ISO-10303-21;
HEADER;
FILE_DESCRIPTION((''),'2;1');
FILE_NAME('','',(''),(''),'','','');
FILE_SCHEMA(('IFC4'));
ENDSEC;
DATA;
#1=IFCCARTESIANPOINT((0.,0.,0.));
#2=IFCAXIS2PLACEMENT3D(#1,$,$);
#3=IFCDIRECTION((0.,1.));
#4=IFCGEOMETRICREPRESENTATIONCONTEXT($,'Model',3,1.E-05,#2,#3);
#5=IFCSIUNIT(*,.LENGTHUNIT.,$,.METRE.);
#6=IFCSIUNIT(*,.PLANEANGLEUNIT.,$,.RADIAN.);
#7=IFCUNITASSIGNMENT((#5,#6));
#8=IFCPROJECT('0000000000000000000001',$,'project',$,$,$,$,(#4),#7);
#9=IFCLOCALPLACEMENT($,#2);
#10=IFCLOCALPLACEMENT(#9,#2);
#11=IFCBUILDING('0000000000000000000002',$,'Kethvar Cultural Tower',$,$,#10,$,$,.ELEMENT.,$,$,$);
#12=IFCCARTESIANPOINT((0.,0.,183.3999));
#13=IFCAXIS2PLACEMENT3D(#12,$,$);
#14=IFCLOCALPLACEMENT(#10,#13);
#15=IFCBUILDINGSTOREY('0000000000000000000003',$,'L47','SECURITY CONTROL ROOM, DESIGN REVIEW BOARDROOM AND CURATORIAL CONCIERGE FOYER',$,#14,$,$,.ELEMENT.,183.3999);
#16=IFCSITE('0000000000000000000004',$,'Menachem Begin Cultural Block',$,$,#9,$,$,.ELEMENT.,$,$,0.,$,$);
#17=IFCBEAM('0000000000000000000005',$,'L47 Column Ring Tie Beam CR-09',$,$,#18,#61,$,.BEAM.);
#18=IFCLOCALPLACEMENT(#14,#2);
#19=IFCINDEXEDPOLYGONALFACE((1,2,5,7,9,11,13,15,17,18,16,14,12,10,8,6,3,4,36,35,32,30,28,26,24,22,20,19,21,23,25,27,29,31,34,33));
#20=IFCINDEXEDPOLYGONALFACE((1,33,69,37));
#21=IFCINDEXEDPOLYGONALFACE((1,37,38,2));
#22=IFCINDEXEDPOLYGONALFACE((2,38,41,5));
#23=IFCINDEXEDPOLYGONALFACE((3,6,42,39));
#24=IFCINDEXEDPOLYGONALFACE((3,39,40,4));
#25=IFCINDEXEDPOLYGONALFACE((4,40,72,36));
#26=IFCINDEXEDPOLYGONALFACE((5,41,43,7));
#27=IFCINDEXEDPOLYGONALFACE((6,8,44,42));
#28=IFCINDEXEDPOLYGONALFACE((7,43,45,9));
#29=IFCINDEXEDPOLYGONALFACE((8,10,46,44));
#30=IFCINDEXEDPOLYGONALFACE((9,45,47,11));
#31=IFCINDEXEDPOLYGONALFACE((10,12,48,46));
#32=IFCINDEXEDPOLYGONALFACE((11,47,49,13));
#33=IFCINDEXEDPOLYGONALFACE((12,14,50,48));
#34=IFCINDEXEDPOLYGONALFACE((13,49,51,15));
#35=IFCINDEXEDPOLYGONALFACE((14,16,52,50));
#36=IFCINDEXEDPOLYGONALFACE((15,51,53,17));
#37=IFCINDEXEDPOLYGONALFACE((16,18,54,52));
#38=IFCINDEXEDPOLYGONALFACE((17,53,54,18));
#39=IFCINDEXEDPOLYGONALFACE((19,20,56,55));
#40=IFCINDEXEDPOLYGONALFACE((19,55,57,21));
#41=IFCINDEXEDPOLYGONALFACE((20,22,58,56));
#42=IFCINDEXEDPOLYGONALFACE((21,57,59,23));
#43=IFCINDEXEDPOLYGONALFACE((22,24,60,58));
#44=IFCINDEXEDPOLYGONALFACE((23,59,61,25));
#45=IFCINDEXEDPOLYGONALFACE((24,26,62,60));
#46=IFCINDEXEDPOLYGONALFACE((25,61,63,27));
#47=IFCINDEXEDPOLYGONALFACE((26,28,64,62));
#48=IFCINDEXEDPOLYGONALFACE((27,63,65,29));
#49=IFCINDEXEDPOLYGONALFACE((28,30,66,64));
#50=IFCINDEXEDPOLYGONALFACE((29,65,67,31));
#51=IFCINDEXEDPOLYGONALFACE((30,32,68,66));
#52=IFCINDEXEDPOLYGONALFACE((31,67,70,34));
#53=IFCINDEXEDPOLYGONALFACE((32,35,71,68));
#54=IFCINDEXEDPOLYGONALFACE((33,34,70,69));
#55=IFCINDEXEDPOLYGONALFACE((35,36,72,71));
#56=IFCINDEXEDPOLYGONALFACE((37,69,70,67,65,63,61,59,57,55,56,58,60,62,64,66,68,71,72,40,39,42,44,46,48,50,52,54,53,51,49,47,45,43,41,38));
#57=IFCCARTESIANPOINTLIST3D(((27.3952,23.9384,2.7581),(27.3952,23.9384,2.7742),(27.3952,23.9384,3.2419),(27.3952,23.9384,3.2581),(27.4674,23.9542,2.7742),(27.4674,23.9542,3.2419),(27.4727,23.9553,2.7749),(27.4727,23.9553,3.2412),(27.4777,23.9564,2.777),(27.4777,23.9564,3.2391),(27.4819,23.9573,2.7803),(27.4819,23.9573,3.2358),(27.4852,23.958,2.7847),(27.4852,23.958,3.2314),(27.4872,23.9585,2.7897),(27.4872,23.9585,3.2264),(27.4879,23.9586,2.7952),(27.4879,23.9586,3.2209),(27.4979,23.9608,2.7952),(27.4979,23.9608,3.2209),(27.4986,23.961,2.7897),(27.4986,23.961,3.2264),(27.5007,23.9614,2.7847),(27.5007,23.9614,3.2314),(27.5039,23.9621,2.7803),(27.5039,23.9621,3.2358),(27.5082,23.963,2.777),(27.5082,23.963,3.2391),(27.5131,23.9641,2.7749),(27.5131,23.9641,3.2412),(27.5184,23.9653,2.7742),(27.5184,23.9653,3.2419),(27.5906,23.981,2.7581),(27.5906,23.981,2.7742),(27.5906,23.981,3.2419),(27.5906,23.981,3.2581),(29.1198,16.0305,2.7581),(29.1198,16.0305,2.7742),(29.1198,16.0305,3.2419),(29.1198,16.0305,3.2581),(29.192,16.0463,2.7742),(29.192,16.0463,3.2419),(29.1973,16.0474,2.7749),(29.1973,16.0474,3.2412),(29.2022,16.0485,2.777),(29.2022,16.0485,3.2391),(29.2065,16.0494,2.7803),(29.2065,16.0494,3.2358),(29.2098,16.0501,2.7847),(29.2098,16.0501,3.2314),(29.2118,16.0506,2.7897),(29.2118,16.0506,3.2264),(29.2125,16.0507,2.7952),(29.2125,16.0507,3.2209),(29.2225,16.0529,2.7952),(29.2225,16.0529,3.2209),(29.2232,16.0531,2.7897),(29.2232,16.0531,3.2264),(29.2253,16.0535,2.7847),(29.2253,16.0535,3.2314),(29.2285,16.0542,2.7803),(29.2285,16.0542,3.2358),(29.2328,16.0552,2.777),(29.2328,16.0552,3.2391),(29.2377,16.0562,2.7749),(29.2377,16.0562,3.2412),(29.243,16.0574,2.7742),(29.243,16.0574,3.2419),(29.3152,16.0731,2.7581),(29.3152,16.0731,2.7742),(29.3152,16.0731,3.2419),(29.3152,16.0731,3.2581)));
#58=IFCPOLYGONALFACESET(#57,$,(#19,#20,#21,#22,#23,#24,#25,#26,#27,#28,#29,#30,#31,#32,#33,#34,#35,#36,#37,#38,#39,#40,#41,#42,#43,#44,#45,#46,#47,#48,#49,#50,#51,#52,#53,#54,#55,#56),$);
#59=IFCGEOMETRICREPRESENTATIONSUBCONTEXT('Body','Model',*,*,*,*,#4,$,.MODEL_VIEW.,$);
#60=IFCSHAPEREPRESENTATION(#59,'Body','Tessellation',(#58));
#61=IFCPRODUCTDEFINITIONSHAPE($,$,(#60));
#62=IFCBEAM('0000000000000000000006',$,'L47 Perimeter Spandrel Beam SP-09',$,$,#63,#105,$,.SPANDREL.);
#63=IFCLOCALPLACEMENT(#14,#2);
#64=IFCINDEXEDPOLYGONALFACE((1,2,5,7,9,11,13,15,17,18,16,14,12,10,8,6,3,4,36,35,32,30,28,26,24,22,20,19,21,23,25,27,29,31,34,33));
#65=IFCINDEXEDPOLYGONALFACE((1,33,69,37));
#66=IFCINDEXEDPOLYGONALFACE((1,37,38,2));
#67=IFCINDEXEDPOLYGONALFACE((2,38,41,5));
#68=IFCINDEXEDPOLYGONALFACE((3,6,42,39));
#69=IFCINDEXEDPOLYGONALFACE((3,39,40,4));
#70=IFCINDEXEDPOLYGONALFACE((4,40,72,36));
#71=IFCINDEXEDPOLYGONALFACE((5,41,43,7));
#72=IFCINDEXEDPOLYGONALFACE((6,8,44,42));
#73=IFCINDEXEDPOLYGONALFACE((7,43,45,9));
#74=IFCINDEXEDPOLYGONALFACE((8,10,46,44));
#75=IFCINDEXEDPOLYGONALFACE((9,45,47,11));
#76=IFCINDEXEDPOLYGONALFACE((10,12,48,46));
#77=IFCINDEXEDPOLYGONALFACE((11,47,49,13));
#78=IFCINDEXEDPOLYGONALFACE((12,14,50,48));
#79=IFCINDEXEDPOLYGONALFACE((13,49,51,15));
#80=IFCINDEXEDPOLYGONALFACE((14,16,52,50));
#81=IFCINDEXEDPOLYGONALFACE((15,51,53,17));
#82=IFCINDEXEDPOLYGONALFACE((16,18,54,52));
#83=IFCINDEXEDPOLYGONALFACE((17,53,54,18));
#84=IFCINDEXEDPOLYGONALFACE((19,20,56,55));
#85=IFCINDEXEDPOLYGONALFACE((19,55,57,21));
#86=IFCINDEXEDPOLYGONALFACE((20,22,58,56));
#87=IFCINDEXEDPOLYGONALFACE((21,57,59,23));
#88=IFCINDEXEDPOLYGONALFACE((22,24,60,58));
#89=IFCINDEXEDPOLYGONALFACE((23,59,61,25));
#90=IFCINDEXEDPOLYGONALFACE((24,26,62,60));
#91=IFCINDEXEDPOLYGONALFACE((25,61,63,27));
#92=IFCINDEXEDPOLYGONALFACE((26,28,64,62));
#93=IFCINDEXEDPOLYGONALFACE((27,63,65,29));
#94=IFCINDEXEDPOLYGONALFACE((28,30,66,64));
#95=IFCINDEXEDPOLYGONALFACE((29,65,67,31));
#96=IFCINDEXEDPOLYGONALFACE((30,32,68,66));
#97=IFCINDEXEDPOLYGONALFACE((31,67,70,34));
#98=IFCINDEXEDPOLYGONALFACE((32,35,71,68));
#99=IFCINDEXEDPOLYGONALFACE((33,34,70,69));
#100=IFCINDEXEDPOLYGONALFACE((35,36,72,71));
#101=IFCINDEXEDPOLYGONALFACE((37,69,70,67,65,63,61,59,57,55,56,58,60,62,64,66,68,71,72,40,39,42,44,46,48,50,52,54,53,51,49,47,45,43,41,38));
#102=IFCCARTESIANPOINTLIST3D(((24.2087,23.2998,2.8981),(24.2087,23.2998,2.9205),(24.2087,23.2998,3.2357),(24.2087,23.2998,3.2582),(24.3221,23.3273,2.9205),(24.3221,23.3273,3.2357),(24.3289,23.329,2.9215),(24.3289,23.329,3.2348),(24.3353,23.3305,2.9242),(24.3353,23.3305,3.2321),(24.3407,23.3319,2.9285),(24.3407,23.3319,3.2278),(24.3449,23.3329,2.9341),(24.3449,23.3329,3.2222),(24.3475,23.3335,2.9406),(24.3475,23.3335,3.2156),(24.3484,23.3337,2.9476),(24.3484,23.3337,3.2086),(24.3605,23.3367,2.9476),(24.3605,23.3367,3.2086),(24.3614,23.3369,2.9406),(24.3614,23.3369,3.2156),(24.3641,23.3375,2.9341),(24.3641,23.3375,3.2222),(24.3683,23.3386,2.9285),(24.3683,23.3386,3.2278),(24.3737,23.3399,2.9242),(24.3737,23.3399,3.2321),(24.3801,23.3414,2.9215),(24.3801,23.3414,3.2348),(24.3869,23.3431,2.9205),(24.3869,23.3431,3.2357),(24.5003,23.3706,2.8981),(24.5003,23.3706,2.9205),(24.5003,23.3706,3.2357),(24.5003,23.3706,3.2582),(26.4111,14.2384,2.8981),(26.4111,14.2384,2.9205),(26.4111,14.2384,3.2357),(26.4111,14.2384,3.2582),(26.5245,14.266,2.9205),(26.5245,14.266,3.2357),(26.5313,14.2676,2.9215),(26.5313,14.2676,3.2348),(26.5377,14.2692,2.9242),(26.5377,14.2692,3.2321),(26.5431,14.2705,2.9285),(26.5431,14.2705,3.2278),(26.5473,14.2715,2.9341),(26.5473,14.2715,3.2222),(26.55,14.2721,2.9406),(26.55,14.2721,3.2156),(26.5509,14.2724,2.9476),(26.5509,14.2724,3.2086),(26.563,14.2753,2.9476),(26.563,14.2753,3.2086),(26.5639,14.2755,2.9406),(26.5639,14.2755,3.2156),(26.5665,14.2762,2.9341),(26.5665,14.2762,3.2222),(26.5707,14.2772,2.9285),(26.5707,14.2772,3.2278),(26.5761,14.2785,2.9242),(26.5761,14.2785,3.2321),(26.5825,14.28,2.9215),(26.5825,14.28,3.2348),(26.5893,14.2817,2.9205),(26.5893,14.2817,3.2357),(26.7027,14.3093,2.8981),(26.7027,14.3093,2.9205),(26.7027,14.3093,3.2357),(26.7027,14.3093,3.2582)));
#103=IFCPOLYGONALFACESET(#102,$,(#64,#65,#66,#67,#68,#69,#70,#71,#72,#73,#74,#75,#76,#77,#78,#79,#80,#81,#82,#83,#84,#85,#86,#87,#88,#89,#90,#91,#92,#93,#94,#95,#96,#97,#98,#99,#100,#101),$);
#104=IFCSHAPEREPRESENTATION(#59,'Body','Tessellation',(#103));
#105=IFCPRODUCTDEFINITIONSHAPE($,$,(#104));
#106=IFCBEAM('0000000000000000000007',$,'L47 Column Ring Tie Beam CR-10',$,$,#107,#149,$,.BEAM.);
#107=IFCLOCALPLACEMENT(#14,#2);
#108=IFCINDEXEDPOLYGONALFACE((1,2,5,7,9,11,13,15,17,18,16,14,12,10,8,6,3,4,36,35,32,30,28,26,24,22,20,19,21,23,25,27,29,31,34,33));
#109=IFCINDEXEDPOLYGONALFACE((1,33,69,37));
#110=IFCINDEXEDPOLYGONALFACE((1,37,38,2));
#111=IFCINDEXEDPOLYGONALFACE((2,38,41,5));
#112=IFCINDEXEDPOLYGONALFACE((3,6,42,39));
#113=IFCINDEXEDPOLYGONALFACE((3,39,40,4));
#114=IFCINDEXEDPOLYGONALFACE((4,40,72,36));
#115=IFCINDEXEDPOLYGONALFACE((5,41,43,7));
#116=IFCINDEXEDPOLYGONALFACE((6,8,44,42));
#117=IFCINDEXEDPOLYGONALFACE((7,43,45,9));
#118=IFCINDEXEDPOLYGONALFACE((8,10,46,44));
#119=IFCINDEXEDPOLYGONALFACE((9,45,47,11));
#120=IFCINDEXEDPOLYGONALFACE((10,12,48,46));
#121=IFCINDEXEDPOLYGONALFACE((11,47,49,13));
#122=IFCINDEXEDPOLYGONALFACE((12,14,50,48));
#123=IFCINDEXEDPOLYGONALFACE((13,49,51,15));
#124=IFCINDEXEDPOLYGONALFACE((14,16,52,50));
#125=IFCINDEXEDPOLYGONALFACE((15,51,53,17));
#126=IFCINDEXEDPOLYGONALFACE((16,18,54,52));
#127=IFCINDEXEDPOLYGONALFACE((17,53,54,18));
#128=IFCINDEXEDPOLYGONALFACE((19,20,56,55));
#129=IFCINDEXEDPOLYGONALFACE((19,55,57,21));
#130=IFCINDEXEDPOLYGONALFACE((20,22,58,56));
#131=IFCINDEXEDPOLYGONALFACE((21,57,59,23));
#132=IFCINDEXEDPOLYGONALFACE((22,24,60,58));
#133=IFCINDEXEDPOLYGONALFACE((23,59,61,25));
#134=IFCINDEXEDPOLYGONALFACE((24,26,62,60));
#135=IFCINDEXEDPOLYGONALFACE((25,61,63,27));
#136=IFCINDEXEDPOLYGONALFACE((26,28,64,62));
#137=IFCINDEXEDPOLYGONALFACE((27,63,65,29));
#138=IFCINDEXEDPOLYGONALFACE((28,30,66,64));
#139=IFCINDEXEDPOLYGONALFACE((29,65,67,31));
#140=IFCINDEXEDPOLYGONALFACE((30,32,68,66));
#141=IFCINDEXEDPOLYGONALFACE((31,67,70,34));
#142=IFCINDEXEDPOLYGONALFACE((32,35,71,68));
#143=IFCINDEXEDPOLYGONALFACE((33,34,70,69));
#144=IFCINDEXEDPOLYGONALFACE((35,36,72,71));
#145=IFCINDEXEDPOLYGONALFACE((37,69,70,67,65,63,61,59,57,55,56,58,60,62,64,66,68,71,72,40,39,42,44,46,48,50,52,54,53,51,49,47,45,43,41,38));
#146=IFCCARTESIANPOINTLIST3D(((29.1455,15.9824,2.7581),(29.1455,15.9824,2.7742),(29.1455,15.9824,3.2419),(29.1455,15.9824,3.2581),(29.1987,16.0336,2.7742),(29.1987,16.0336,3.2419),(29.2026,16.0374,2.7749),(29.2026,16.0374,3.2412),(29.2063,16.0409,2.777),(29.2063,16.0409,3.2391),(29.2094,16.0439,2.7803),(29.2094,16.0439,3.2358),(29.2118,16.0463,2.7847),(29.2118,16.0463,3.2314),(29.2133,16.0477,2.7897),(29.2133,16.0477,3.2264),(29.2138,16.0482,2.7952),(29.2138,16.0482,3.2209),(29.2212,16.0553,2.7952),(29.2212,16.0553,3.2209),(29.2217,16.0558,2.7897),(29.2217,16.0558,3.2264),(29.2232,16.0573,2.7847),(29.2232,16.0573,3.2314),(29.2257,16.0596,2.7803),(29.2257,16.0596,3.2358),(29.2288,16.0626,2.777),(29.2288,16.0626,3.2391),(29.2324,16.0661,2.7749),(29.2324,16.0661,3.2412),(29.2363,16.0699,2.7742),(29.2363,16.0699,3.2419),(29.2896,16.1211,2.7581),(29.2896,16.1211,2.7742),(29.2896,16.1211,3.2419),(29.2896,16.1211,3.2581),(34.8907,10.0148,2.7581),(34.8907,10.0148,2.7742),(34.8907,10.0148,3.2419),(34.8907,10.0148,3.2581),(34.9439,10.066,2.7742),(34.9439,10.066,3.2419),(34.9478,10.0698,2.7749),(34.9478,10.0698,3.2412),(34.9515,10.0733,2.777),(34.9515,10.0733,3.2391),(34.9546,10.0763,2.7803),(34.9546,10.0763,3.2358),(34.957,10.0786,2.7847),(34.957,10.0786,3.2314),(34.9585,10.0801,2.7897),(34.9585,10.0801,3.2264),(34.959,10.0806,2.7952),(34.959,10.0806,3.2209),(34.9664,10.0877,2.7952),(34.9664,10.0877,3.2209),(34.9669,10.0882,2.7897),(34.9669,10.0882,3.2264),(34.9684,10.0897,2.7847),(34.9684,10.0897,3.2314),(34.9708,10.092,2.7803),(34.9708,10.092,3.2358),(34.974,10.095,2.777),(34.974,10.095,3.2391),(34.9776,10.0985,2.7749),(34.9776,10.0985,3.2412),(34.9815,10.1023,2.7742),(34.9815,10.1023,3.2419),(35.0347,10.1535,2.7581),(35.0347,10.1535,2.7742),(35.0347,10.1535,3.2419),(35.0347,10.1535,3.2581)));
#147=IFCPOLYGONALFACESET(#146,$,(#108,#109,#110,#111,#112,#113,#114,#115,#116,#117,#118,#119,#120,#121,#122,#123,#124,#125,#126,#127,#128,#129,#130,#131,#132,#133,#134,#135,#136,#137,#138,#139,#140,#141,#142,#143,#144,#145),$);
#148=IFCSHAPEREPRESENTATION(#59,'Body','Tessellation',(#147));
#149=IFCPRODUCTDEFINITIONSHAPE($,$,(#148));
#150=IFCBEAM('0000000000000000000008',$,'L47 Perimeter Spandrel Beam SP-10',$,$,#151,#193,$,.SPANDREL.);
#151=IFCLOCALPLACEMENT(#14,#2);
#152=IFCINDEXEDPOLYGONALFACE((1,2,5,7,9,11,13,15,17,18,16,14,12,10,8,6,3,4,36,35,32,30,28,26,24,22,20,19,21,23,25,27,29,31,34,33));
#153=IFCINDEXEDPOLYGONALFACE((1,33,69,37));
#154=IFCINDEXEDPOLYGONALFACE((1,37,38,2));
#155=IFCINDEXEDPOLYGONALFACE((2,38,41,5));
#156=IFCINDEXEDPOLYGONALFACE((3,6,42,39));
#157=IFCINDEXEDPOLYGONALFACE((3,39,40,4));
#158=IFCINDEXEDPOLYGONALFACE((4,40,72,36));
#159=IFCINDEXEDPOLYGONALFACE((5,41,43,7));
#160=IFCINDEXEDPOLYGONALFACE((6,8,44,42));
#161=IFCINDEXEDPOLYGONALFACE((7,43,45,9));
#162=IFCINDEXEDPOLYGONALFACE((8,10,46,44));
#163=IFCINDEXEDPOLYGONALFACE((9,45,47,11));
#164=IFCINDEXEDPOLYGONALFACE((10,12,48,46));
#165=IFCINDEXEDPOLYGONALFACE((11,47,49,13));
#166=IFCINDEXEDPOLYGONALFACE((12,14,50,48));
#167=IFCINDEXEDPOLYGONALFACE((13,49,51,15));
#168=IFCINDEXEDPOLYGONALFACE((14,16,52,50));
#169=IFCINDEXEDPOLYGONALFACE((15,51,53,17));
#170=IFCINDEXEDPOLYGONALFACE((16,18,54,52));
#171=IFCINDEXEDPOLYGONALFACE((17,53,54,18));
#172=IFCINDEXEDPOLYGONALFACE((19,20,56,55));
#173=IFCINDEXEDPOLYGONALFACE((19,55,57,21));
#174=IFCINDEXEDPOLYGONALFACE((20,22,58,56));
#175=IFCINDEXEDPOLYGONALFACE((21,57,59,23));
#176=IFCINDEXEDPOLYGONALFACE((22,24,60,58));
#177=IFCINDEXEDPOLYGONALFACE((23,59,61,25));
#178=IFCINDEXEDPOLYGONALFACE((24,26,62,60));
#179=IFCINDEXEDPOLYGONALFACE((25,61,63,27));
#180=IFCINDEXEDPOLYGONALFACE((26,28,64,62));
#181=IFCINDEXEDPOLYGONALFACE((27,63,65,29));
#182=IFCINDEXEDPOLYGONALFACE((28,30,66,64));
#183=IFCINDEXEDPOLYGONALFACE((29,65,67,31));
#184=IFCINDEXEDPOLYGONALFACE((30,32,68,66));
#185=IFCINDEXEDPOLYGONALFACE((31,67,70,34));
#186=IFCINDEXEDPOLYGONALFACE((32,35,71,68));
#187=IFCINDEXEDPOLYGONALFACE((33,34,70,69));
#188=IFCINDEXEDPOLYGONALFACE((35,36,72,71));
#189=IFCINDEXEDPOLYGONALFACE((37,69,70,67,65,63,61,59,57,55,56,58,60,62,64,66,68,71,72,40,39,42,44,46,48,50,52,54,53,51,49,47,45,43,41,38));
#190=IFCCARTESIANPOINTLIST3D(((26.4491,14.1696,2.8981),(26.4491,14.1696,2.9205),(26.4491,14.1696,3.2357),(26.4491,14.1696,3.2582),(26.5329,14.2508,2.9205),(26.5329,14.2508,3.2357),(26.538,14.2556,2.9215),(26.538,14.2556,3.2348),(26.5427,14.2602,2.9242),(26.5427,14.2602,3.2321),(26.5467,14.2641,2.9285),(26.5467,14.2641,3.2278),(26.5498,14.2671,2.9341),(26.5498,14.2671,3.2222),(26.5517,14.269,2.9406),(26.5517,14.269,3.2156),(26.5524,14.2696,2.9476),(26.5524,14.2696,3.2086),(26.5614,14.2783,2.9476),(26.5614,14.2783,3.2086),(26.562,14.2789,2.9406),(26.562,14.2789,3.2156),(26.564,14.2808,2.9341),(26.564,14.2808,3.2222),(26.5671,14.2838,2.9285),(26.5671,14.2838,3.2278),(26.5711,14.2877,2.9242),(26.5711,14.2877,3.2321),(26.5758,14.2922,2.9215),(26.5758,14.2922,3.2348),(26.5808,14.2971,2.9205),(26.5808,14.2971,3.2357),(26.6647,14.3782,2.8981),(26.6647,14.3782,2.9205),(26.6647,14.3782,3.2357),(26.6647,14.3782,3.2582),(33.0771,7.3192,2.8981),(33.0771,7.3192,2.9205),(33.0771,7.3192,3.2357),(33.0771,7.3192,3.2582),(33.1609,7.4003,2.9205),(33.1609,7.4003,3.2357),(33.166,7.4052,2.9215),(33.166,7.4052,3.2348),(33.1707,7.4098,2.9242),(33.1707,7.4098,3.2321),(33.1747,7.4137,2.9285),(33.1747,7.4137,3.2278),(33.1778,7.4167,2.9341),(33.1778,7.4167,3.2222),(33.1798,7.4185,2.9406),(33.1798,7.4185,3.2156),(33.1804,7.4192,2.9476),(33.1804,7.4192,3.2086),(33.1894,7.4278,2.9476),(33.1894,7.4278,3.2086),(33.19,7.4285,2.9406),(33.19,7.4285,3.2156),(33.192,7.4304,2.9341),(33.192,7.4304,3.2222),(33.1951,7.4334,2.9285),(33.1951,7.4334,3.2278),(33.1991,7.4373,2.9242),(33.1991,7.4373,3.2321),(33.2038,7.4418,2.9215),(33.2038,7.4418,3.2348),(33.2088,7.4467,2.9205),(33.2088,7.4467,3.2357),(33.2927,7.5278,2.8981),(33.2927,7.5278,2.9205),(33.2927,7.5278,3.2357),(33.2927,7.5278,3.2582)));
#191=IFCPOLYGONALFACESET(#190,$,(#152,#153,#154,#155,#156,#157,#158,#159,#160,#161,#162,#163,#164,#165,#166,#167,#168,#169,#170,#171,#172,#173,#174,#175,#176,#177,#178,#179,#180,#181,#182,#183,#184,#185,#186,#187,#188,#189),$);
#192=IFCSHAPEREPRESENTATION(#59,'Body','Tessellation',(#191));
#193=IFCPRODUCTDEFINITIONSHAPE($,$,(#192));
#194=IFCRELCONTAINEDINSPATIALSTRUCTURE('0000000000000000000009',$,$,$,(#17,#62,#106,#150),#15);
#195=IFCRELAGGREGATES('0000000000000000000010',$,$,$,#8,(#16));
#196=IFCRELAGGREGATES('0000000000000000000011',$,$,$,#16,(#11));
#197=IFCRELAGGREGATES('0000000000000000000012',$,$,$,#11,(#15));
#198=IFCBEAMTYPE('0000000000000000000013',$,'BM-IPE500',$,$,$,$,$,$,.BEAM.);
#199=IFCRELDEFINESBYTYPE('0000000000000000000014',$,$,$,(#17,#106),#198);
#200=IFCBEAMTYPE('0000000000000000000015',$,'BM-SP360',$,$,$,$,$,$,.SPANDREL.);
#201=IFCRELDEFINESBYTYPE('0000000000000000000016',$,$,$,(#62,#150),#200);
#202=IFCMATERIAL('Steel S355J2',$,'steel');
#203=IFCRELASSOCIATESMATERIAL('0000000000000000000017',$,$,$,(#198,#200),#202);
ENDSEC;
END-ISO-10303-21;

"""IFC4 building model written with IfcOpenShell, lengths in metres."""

from ifc_helpers import new_model, si_unit, direction, frame, origin, origin_2d, place, context, subcontext, project, spatial, i_section, extrude, source, transform, mapped, material, material_profile, profile_set, type_object, element, save


model = new_model("IFC4")

# Units and contexts
model_context = context("Model", 3, precision=1e-05, world=origin(), true_north=direction((0.0, 1.0)))
body_context = subcontext(model_context, "Body", "Model", "MODEL_VIEW")
ifc_project = project(units=[si_unit("LENGTHUNIT", "METRE"), si_unit("PLANEANGLEUNIT", "RADIAN")], contexts=[model_context])

# Site, building, storey
site_placement = place(None, origin())
site = spatial("IfcSite", under=ifc_project, at=site_placement, Name="Menachem Begin Cultural Block", CompositionType="ELEMENT", RefElevation=0.0)
building_placement = place(site_placement, origin())
building = spatial("IfcBuilding", under=site, at=building_placement, Name="Kethvar Cultural Tower", CompositionType="ELEMENT")
storey_placement = place(building_placement, frame((0.0, 0.0, 183.3999)))
storey = spatial("IfcBuildingStorey", under=building, at=storey_placement, Name="L47", Description="SECURITY CONTROL ROOM, DESIGN REVIEW BOARDROOM AND CURATORIAL CONCIERGE FOYER", CompositionType="ELEMENT", Elevation=183.3999)

# Beams
ifc_material_1 = material(Name="Steel S355J2", Category="steel")
ifc_material_profile_1 = material_profile(ifc_material_1, i_section(OverallWidth=0.2, OverallDepth=0.5, WebThickness=0.0103, FlangeThickness=0.0161, FilletRadius=0.021, at=origin_2d()), Name="Steel S355J2 — IPE500")
ifc_profile_set_1 = profile_set([ifc_material_profile_1], Name="Steel S355J2 — IPE500")
beam_type_1 = type_object("IfcBeamType", Name="BM-IPE500", PredefinedType="BEAM", material=ifc_profile_set_1)
shared_shape_1 = source(origin(), body_context, "Body", "SweptSolid", [
    extrude(i_section(OverallWidth=0.2, OverallDepth=0.5, WebThickness=0.0103, FlangeThickness=0.0161, FilletRadius=0.021, at=origin_2d()), origin(), (0.0, 0.0, 1.0), 8.0938),
])
beam_1_placement = place(storey_placement, frame((27.4929, 23.9597, 3.0081), z_axis=(0.213077, -0.977035, 0.0), x_axis=(0.977035, 0.213077, 0.0)))
element("IfcBeam", 1, at=beam_1_placement, inside=storey, type_object=beam_type_1, Name="L47 Column Ring Tie Beam CR-09", PredefinedType="BEAM", context=body_context, shape_type="MappedRepresentation", body=[
    mapped(shared_shape_1, transform((0.0, 0.0, 0.0), scale=1.0)),
])
ifc_material_profile_2 = material_profile(ifc_material_1, i_section(OverallWidth=0.3, OverallDepth=0.3601, WebThickness=0.0125, FlangeThickness=0.0225, FilletRadius=0.0271, at=origin_2d()), Name="Steel S355J2 — HEB360")
ifc_profile_set_2 = profile_set([ifc_material_profile_2], Name="Steel S355J2 — HEB360")
beam_type_2 = type_object("IfcBeamType", Name="BM-SP360", PredefinedType="SPANDREL", material=ifc_profile_set_2)
shared_shape_2 = source(origin(), body_context, "Body", "SweptSolid", [
    extrude(i_section(OverallWidth=0.3, OverallDepth=0.3601, WebThickness=0.0125, FlangeThickness=0.0225, FilletRadius=0.0271, at=origin_2d()), origin(), (0.0, 0.0, 1.0), 9.3252),
])
beam_2_placement = place(storey_placement, frame((24.3545, 23.3352, 3.0781), z_axis=(0.236179, -0.97171, 0.0), x_axis=(0.97171, 0.236179, 0.0)))
element("IfcBeam", 2, at=beam_2_placement, inside=storey, type_object=beam_type_2, Name="L47 Perimeter Spandrel Beam SP-09", PredefinedType="SPANDREL", context=body_context, shape_type="MappedRepresentation", body=[
    mapped(shared_shape_2, transform((0.0, 0.0, 0.0), scale=1.0)),
])
shared_shape_3 = source(origin(), body_context, "Body", "SweptSolid", [
    extrude(i_section(OverallWidth=0.2, OverallDepth=0.5, WebThickness=0.0103, FlangeThickness=0.0161, FilletRadius=0.021, at=origin_2d()), origin(), (0.0, 0.0, 1.0), 8.2837),
])
beam_3_placement = place(storey_placement, frame((29.2175, 16.0518, 3.0081), z_axis=(0.693554, -0.720404, 0.0), x_axis=(0.720404, 0.693554, 0.0)))
element("IfcBeam", 3, at=beam_3_placement, inside=storey, type_object=beam_type_1, Name="L47 Column Ring Tie Beam CR-10", PredefinedType="BEAM", context=body_context, shape_type="MappedRepresentation", body=[
    mapped(shared_shape_3, transform((0.0, 0.0, 0.0), scale=1.0)),
])
shared_shape_4 = source(origin(), body_context, "Body", "SweptSolid", [
    extrude(i_section(OverallWidth=0.3, OverallDepth=0.3601, WebThickness=0.0125, FlangeThickness=0.0225, FilletRadius=0.0271, at=origin_2d()), origin(), (0.0, 0.0, 1.0), 9.532),
])
beam_4_placement = place(storey_placement, frame((26.5569, 14.2739, 3.0781), z_axis=(0.695344, -0.718677, 0.0), x_axis=(0.718677, 0.695344, 0.0)))
element("IfcBeam", 4, at=beam_4_placement, inside=storey, type_object=beam_type_2, Name="L47 Perimeter Spandrel Beam SP-10", PredefinedType="SPANDREL", context=body_context, shape_type="MappedRepresentation", body=[
    mapped(shared_shape_4, transform((0.0, 0.0, 0.0), scale=1.0)),
])

save(model, "model.ifc")
